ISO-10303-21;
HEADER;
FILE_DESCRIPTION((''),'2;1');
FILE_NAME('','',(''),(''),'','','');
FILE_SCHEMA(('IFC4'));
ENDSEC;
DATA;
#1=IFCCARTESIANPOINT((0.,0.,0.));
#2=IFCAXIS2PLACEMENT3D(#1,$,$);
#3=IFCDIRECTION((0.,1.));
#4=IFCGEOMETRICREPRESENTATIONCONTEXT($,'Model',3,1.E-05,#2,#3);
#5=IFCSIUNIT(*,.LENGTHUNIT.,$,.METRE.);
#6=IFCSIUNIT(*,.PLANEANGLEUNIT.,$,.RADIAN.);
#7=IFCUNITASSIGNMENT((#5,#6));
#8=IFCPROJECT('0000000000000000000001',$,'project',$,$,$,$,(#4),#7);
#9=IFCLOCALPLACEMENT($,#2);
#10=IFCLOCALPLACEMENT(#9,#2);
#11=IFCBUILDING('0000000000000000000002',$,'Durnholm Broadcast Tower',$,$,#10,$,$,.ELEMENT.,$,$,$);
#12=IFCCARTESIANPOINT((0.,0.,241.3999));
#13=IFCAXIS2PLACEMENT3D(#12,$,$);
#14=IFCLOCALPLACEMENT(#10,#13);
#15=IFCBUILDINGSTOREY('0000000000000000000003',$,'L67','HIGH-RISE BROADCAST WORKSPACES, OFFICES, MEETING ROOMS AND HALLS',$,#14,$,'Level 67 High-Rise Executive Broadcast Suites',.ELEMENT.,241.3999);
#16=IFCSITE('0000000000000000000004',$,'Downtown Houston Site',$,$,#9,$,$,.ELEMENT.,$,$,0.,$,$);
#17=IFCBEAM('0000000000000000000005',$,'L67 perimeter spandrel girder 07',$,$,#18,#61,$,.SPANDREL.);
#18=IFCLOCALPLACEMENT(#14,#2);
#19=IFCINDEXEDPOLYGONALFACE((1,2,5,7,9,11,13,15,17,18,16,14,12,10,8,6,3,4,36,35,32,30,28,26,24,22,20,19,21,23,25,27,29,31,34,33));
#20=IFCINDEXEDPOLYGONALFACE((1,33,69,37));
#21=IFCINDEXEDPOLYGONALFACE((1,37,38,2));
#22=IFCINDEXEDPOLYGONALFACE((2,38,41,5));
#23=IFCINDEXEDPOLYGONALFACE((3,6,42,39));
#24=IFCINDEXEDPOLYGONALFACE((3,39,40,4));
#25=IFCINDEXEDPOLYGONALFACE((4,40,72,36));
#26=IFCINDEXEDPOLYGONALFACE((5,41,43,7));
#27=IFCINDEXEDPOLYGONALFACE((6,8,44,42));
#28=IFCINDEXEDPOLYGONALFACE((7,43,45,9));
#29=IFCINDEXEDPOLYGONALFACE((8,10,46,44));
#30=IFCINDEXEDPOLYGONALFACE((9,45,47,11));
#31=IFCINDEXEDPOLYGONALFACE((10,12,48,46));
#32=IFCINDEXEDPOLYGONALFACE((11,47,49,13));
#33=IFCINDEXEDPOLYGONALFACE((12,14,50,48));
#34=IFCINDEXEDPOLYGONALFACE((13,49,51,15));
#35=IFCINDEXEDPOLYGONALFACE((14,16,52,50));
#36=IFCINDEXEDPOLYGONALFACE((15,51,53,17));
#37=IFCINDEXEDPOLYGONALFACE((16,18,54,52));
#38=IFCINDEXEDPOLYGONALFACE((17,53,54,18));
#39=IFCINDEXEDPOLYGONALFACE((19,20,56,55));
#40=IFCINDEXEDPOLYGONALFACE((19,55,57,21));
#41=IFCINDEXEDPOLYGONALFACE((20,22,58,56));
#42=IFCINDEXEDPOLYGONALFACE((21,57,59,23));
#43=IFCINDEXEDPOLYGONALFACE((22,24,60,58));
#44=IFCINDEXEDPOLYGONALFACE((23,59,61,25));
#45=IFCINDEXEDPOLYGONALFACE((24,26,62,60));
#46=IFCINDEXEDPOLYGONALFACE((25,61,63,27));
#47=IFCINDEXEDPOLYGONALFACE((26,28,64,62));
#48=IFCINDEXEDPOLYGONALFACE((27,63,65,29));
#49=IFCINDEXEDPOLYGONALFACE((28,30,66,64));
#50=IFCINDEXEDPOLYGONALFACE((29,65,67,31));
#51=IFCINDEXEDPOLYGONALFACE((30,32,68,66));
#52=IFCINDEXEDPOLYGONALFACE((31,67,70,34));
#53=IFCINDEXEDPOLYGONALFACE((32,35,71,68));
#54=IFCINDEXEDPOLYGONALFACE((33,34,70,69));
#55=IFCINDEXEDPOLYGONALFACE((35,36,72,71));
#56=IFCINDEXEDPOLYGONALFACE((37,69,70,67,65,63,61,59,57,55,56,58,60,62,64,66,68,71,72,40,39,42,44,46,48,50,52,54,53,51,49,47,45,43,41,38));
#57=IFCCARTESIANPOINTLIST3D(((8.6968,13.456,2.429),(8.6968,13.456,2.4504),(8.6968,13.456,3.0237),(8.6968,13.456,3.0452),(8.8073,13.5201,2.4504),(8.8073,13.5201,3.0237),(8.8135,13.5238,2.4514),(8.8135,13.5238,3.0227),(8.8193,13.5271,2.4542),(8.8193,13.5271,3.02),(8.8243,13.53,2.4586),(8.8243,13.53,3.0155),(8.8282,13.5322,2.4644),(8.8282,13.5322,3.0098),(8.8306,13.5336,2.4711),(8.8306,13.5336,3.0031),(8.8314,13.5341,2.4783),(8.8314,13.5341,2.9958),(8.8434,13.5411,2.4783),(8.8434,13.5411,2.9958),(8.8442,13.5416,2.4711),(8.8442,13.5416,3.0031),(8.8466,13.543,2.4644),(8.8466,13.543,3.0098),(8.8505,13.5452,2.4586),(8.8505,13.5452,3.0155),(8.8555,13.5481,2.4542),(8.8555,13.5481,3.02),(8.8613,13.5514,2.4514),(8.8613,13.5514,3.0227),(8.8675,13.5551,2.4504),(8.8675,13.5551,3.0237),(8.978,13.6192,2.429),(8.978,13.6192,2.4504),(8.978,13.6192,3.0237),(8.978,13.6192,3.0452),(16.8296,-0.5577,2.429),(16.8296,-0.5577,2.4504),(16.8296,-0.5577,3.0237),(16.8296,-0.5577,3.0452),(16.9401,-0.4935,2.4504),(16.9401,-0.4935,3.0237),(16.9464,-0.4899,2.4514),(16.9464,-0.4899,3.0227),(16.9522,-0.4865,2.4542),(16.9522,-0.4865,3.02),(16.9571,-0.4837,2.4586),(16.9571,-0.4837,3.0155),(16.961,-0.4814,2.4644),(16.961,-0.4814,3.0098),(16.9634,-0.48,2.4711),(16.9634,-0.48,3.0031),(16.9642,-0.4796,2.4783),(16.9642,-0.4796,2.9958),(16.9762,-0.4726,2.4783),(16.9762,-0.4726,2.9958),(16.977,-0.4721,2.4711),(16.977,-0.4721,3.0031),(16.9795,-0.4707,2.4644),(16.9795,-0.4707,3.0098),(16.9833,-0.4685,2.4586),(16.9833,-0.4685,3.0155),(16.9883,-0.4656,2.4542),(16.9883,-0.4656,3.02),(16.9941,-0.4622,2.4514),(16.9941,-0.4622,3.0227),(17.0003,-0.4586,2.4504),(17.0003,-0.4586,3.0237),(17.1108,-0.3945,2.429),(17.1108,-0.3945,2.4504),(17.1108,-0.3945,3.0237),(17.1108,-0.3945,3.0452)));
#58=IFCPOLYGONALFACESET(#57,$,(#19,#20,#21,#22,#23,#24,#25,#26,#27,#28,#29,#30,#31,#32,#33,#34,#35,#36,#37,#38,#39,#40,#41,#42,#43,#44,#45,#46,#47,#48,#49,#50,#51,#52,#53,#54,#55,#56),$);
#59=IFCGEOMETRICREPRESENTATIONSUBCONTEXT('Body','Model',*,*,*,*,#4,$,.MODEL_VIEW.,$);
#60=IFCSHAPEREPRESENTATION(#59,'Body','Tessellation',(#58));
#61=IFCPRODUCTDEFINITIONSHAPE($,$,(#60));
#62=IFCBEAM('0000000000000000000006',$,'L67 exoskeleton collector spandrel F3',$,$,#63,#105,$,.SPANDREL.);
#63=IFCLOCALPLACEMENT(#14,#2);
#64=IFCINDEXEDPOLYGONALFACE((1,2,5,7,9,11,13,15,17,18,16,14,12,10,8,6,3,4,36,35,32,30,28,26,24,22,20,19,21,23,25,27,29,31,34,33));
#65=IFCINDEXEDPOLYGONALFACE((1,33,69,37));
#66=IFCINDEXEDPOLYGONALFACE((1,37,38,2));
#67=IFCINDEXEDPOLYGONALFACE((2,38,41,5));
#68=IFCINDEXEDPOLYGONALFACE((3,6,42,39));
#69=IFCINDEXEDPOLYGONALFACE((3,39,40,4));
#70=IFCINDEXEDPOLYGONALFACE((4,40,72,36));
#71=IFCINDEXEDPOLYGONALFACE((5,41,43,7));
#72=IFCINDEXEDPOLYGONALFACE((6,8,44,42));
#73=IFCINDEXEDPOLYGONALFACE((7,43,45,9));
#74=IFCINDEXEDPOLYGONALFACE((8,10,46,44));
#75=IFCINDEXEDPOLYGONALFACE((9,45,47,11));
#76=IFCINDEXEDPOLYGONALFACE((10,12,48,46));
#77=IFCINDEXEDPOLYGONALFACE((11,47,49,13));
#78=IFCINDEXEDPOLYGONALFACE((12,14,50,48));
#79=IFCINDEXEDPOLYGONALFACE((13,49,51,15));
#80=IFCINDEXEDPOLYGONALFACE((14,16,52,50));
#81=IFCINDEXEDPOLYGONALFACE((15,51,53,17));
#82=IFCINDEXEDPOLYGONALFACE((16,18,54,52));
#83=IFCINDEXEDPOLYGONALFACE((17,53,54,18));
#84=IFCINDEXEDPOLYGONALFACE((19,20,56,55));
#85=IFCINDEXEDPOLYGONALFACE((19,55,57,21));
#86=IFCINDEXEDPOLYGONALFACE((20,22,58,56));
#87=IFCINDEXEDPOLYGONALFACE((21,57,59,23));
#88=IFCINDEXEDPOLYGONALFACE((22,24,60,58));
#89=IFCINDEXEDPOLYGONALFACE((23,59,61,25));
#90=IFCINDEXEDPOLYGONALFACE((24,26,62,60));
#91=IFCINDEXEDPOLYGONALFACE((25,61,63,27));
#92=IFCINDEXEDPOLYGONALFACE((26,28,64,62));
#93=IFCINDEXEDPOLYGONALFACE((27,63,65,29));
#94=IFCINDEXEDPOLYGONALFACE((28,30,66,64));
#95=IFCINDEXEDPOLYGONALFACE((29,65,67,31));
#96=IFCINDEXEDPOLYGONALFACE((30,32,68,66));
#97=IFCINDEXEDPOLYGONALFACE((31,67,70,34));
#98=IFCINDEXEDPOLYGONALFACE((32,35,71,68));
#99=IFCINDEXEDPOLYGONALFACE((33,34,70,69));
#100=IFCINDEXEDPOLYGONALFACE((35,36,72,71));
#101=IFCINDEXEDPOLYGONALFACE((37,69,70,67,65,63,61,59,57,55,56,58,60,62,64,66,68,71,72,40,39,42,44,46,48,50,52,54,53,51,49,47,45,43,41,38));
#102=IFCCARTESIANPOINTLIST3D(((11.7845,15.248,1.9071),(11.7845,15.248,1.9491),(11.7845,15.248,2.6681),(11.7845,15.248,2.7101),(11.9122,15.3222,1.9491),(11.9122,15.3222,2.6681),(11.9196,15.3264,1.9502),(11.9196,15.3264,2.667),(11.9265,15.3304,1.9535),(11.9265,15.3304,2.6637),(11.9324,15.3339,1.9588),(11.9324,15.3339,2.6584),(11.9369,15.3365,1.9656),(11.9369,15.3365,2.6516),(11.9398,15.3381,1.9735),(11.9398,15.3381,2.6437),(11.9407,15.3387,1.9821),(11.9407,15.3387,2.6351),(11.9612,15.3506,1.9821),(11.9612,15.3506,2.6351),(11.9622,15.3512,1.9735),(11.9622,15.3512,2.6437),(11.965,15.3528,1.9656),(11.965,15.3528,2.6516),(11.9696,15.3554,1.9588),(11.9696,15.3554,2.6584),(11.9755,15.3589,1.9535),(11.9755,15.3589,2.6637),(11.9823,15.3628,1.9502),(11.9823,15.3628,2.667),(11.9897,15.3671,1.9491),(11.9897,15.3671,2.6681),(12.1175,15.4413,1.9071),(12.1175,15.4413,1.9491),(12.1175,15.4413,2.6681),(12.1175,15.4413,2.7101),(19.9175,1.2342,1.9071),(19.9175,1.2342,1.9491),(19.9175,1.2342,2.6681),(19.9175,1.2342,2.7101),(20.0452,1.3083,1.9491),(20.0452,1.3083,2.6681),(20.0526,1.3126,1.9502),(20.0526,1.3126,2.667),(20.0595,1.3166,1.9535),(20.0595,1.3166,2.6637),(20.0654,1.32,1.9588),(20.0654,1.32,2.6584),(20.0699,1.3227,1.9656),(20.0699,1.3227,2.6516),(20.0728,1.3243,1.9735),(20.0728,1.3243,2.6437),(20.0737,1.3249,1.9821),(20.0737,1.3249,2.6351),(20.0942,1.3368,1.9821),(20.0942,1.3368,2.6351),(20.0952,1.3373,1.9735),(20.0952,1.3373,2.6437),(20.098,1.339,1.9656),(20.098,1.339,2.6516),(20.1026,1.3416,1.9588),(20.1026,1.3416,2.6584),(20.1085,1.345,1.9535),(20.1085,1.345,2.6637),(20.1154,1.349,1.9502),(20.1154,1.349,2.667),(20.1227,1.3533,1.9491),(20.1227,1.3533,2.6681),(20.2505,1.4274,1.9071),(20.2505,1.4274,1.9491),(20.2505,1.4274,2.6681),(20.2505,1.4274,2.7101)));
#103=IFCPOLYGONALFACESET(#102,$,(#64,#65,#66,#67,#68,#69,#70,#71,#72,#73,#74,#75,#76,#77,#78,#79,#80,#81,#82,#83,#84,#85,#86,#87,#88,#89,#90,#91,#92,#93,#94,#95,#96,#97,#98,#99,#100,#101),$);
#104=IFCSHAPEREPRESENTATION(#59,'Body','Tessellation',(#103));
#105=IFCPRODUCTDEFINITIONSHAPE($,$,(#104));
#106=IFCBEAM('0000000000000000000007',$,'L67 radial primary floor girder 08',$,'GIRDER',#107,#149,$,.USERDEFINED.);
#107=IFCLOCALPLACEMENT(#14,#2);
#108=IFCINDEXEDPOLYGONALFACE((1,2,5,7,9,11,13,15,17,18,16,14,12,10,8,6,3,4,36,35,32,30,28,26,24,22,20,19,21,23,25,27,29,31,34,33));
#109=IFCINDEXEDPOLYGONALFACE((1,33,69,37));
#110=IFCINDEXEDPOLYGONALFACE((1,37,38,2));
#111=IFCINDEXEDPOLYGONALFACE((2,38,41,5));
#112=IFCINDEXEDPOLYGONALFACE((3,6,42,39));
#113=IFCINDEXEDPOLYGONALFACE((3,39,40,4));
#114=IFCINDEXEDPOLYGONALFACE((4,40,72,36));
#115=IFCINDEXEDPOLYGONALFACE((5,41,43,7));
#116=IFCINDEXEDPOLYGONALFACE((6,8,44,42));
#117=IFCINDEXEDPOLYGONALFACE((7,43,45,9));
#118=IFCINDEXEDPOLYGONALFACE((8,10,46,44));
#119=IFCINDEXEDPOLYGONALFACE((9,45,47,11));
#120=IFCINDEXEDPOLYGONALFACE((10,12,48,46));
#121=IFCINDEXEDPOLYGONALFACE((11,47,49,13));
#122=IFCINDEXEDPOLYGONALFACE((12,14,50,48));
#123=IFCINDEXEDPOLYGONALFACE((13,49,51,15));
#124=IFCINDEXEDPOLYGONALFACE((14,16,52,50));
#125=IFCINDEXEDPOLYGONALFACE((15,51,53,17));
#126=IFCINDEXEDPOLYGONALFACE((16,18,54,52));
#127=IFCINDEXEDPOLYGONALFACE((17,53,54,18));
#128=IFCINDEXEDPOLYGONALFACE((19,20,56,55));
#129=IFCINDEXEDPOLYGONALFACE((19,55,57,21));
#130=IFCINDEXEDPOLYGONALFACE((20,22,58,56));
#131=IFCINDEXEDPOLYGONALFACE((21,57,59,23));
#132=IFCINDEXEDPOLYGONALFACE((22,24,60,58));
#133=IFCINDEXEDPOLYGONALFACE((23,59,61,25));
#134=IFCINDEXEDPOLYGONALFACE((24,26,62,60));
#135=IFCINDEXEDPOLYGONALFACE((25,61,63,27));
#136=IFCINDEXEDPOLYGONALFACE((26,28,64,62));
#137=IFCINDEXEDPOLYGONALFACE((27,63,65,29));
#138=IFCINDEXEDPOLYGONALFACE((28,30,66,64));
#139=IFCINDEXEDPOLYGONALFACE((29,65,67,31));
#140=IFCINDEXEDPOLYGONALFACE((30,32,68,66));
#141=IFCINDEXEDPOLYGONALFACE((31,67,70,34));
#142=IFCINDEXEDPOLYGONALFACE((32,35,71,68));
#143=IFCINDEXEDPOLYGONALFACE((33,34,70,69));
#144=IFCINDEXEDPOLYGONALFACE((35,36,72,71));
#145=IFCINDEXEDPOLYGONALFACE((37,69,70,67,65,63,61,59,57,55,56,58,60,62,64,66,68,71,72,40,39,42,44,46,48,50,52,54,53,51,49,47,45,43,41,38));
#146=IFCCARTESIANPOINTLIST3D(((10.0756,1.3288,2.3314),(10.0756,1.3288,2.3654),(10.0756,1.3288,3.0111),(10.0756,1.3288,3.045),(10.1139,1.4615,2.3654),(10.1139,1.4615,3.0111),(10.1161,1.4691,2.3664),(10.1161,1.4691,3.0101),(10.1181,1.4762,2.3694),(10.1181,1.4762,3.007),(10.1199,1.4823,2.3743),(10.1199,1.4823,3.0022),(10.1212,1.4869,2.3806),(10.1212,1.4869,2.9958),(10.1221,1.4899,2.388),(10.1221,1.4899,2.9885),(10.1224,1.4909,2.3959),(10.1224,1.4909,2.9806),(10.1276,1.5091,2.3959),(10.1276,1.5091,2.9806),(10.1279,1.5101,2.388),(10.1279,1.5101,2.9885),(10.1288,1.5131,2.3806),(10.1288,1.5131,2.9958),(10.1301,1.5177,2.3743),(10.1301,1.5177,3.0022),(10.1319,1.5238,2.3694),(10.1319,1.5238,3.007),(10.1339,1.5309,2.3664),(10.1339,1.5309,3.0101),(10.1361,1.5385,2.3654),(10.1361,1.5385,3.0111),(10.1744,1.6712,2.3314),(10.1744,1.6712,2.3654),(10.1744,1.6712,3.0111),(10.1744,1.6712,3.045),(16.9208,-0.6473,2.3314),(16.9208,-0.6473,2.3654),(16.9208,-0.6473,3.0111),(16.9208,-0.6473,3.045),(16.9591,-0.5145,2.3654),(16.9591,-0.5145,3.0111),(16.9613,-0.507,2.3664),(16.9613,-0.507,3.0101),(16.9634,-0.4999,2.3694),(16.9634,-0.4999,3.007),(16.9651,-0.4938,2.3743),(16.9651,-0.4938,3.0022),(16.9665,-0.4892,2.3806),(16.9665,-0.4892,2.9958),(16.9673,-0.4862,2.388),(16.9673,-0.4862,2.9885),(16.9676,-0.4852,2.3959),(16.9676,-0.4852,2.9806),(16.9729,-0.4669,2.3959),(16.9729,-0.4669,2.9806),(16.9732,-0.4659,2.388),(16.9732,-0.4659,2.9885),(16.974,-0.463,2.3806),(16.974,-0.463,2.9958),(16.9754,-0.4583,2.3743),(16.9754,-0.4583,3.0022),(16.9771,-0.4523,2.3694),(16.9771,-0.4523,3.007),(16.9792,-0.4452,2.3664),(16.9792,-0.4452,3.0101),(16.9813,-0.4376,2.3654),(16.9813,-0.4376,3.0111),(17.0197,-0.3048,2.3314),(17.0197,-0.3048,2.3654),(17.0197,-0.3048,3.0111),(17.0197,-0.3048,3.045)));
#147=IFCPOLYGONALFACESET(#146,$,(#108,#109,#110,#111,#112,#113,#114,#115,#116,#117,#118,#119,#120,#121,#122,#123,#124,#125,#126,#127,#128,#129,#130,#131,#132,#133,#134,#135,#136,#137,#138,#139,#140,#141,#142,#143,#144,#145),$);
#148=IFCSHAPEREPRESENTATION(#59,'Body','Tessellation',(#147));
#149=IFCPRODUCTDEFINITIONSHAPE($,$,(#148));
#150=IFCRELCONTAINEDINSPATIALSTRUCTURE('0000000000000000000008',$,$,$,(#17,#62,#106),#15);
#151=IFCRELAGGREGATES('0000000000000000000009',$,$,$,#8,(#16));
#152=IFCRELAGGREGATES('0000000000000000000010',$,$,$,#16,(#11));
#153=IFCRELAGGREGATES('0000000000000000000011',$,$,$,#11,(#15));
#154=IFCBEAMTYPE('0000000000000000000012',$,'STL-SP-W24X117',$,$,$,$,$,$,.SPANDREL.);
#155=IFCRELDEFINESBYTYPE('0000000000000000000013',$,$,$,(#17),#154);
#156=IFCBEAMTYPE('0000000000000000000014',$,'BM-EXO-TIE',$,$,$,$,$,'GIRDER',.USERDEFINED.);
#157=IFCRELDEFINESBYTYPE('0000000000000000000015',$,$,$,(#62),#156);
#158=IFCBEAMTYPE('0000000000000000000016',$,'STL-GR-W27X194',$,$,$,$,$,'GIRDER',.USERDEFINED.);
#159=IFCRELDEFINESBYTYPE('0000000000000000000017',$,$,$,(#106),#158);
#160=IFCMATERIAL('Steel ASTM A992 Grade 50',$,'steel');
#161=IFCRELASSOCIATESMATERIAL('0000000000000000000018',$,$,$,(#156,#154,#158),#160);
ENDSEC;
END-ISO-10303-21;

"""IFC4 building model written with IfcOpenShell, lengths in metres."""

from ifc_helpers import new_model, si_unit, direction, frame, origin, origin_2d, place, context, subcontext, project, spatial, i_section, extrude, source, transform, mapped, material, material_profile, profile_set, type_object, element, save


model = new_model("IFC4")

# Units and contexts
model_context = context("Model", 3, precision=1e-05, world=origin(), true_north=direction((0.0, 1.0)))
body_context = subcontext(model_context, "Body", "Model", "MODEL_VIEW")
ifc_project = project(units=[si_unit("LENGTHUNIT", "METRE"), si_unit("PLANEANGLEUNIT", "RADIAN")], contexts=[model_context])

# Site, building, storey
site_placement = place(None, origin())
site = spatial("IfcSite", under=ifc_project, at=site_placement, Name="Downtown Houston Site", CompositionType="ELEMENT", RefElevation=0.0)
building_placement = place(site_placement, origin())
building = spatial("IfcBuilding", under=site, at=building_placement, Name="Durnholm Broadcast Tower", CompositionType="ELEMENT")
storey_placement = place(building_placement, frame((0.0, 0.0, 241.3999)))
storey = spatial("IfcBuildingStorey", under=building, at=storey_placement, Name="L67", Description="HIGH-RISE BROADCAST WORKSPACES, OFFICES, MEETING ROOMS AND HALLS", LongName="Level 67 High-Rise Executive Broadcast Suites", CompositionType="ELEMENT", Elevation=241.3999)

# Beams
ifc_material_1 = material(Name="Steel ASTM A992 Grade 50", Category="steel")
ifc_material_profile_1 = material_profile(ifc_material_1, i_section(OverallWidth=0.385, OverallDepth=0.803, WebThickness=0.0237, FlangeThickness=0.042, FilletRadius=0.033, at=origin_2d()), Name="W30X261")
ifc_profile_set_1 = profile_set([ifc_material_profile_1], Name="Steel ASTM A992 Grade 50")
beam_type_1 = type_object("IfcBeamType", Name="BM-EXO-TIE", ElementType="GIRDER", PredefinedType="USERDEFINED", material=ifc_profile_set_1)
ifc_material_profile_2 = material_profile(ifc_material_1, i_section(OverallWidth=0.3252, OverallDepth=0.6162, WebThickness=0.0139, FlangeThickness=0.0215, FilletRadius=0.0278, at=origin_2d()), Name="W24X117")
ifc_profile_set_2 = profile_set([ifc_material_profile_2], Name="Steel ASTM A992 Grade 50")
beam_type_2 = type_object("IfcBeamType", Name="STL-SP-W24X117", PredefinedType="SPANDREL", material=ifc_profile_set_2)
shared_shape_1 = source(origin(), body_context, "Body", "SweptSolid", [
    extrude(i_section(OverallWidth=0.3252, OverallDepth=0.6162, WebThickness=0.0139, FlangeThickness=0.0215, FilletRadius=0.0278, at=origin_2d()), origin(), (0.0, 0.0, 1.0), 16.2026),
])
beam_1_placement = place(storey_placement, frame((8.8374, 13.5376, 2.7371), z_axis=(0.501944, -0.8649, 0.0), x_axis=(0.8649, 0.501944, 0.0)))
element("IfcBeam", 1, at=beam_1_placement, inside=storey, type_object=beam_type_2, Name="L67 perimeter spandrel girder 07", PredefinedType="SPANDREL", context=body_context, shape_type="MappedRepresentation", body=[
    mapped(shared_shape_1, transform((0.0, 0.0, 0.0), x_axis=(1.0, 0.0, 0.0), y_axis=(0.0, 1.0, 0.0), z_axis=(0.0, 0.0, 1.0), scale=1.0)),
])
shared_shape_2 = source(origin(), body_context, "Body", "SweptSolid", [
    extrude(i_section(OverallWidth=0.385, OverallDepth=0.803, WebThickness=0.0237, FlangeThickness=0.042, FilletRadius=0.033, at=origin_2d()), origin(), (0.0, 0.0, 1.0), 16.2029),
])
beam_2_placement = place(storey_placement, frame((20.084, 1.3308, 2.3086), z_axis=(-0.501948, 0.864898, 0.0), x_axis=(-0.864898, -0.501948, 0.0)))
element("IfcBeam", 2, at=beam_2_placement, inside=storey, type_object=beam_type_1, Name="L67 exoskeleton collector spandrel F3", PredefinedType="SPANDREL", context=body_context, shape_type="MappedRepresentation", body=[
    mapped(shared_shape_2, transform((0.0, 0.0, 0.0), x_axis=(1.0, 0.0, 0.0), y_axis=(0.0, 1.0, 0.0), z_axis=(0.0, 0.0, 1.0), scale=1.0)),
])
ifc_material_profile_3 = material_profile(ifc_material_1, i_section(OverallWidth=0.3564, OverallDepth=0.7136, WebThickness=0.019, FlangeThickness=0.0339, FilletRadius=0.0305, at=origin_2d()), Name="W27X194")
ifc_profile_set_3 = profile_set([ifc_material_profile_3], Name="Steel ASTM A992 Grade 50")
beam_type_3 = type_object("IfcBeamType", Name="STL-GR-W27X194", ElementType="GIRDER", PredefinedType="USERDEFINED", material=ifc_profile_set_3)
shared_shape_3 = source(origin(), body_context, "Body", "SweptSolid", [
    extrude(i_section(OverallWidth=0.3564, OverallDepth=0.7136, WebThickness=0.019, FlangeThickness=0.0339, FilletRadius=0.0305, at=origin_2d()), origin(), (0.0, 0.0, 1.0), 7.1248),
])
beam_3_placement = place(storey_placement, frame((10.125, 1.5, 2.6882), z_axis=(0.960768, -0.277354, 0.0), x_axis=(0.277354, 0.960768, 0.0)))
element("IfcBeam", 3, at=beam_3_placement, inside=storey, type_object=beam_type_3, Name="L67 radial primary floor girder 08", ObjectType="GIRDER", PredefinedType="USERDEFINED", context=body_context, shape_type="MappedRepresentation", body=[
    mapped(shared_shape_3, transform((0.0, 0.0, 0.0), x_axis=(1.0, 0.0, 0.0), y_axis=(0.0, 1.0, 0.0), z_axis=(0.0, 0.0, 1.0), scale=1.0)),
])

save(model, "model.ifc")
